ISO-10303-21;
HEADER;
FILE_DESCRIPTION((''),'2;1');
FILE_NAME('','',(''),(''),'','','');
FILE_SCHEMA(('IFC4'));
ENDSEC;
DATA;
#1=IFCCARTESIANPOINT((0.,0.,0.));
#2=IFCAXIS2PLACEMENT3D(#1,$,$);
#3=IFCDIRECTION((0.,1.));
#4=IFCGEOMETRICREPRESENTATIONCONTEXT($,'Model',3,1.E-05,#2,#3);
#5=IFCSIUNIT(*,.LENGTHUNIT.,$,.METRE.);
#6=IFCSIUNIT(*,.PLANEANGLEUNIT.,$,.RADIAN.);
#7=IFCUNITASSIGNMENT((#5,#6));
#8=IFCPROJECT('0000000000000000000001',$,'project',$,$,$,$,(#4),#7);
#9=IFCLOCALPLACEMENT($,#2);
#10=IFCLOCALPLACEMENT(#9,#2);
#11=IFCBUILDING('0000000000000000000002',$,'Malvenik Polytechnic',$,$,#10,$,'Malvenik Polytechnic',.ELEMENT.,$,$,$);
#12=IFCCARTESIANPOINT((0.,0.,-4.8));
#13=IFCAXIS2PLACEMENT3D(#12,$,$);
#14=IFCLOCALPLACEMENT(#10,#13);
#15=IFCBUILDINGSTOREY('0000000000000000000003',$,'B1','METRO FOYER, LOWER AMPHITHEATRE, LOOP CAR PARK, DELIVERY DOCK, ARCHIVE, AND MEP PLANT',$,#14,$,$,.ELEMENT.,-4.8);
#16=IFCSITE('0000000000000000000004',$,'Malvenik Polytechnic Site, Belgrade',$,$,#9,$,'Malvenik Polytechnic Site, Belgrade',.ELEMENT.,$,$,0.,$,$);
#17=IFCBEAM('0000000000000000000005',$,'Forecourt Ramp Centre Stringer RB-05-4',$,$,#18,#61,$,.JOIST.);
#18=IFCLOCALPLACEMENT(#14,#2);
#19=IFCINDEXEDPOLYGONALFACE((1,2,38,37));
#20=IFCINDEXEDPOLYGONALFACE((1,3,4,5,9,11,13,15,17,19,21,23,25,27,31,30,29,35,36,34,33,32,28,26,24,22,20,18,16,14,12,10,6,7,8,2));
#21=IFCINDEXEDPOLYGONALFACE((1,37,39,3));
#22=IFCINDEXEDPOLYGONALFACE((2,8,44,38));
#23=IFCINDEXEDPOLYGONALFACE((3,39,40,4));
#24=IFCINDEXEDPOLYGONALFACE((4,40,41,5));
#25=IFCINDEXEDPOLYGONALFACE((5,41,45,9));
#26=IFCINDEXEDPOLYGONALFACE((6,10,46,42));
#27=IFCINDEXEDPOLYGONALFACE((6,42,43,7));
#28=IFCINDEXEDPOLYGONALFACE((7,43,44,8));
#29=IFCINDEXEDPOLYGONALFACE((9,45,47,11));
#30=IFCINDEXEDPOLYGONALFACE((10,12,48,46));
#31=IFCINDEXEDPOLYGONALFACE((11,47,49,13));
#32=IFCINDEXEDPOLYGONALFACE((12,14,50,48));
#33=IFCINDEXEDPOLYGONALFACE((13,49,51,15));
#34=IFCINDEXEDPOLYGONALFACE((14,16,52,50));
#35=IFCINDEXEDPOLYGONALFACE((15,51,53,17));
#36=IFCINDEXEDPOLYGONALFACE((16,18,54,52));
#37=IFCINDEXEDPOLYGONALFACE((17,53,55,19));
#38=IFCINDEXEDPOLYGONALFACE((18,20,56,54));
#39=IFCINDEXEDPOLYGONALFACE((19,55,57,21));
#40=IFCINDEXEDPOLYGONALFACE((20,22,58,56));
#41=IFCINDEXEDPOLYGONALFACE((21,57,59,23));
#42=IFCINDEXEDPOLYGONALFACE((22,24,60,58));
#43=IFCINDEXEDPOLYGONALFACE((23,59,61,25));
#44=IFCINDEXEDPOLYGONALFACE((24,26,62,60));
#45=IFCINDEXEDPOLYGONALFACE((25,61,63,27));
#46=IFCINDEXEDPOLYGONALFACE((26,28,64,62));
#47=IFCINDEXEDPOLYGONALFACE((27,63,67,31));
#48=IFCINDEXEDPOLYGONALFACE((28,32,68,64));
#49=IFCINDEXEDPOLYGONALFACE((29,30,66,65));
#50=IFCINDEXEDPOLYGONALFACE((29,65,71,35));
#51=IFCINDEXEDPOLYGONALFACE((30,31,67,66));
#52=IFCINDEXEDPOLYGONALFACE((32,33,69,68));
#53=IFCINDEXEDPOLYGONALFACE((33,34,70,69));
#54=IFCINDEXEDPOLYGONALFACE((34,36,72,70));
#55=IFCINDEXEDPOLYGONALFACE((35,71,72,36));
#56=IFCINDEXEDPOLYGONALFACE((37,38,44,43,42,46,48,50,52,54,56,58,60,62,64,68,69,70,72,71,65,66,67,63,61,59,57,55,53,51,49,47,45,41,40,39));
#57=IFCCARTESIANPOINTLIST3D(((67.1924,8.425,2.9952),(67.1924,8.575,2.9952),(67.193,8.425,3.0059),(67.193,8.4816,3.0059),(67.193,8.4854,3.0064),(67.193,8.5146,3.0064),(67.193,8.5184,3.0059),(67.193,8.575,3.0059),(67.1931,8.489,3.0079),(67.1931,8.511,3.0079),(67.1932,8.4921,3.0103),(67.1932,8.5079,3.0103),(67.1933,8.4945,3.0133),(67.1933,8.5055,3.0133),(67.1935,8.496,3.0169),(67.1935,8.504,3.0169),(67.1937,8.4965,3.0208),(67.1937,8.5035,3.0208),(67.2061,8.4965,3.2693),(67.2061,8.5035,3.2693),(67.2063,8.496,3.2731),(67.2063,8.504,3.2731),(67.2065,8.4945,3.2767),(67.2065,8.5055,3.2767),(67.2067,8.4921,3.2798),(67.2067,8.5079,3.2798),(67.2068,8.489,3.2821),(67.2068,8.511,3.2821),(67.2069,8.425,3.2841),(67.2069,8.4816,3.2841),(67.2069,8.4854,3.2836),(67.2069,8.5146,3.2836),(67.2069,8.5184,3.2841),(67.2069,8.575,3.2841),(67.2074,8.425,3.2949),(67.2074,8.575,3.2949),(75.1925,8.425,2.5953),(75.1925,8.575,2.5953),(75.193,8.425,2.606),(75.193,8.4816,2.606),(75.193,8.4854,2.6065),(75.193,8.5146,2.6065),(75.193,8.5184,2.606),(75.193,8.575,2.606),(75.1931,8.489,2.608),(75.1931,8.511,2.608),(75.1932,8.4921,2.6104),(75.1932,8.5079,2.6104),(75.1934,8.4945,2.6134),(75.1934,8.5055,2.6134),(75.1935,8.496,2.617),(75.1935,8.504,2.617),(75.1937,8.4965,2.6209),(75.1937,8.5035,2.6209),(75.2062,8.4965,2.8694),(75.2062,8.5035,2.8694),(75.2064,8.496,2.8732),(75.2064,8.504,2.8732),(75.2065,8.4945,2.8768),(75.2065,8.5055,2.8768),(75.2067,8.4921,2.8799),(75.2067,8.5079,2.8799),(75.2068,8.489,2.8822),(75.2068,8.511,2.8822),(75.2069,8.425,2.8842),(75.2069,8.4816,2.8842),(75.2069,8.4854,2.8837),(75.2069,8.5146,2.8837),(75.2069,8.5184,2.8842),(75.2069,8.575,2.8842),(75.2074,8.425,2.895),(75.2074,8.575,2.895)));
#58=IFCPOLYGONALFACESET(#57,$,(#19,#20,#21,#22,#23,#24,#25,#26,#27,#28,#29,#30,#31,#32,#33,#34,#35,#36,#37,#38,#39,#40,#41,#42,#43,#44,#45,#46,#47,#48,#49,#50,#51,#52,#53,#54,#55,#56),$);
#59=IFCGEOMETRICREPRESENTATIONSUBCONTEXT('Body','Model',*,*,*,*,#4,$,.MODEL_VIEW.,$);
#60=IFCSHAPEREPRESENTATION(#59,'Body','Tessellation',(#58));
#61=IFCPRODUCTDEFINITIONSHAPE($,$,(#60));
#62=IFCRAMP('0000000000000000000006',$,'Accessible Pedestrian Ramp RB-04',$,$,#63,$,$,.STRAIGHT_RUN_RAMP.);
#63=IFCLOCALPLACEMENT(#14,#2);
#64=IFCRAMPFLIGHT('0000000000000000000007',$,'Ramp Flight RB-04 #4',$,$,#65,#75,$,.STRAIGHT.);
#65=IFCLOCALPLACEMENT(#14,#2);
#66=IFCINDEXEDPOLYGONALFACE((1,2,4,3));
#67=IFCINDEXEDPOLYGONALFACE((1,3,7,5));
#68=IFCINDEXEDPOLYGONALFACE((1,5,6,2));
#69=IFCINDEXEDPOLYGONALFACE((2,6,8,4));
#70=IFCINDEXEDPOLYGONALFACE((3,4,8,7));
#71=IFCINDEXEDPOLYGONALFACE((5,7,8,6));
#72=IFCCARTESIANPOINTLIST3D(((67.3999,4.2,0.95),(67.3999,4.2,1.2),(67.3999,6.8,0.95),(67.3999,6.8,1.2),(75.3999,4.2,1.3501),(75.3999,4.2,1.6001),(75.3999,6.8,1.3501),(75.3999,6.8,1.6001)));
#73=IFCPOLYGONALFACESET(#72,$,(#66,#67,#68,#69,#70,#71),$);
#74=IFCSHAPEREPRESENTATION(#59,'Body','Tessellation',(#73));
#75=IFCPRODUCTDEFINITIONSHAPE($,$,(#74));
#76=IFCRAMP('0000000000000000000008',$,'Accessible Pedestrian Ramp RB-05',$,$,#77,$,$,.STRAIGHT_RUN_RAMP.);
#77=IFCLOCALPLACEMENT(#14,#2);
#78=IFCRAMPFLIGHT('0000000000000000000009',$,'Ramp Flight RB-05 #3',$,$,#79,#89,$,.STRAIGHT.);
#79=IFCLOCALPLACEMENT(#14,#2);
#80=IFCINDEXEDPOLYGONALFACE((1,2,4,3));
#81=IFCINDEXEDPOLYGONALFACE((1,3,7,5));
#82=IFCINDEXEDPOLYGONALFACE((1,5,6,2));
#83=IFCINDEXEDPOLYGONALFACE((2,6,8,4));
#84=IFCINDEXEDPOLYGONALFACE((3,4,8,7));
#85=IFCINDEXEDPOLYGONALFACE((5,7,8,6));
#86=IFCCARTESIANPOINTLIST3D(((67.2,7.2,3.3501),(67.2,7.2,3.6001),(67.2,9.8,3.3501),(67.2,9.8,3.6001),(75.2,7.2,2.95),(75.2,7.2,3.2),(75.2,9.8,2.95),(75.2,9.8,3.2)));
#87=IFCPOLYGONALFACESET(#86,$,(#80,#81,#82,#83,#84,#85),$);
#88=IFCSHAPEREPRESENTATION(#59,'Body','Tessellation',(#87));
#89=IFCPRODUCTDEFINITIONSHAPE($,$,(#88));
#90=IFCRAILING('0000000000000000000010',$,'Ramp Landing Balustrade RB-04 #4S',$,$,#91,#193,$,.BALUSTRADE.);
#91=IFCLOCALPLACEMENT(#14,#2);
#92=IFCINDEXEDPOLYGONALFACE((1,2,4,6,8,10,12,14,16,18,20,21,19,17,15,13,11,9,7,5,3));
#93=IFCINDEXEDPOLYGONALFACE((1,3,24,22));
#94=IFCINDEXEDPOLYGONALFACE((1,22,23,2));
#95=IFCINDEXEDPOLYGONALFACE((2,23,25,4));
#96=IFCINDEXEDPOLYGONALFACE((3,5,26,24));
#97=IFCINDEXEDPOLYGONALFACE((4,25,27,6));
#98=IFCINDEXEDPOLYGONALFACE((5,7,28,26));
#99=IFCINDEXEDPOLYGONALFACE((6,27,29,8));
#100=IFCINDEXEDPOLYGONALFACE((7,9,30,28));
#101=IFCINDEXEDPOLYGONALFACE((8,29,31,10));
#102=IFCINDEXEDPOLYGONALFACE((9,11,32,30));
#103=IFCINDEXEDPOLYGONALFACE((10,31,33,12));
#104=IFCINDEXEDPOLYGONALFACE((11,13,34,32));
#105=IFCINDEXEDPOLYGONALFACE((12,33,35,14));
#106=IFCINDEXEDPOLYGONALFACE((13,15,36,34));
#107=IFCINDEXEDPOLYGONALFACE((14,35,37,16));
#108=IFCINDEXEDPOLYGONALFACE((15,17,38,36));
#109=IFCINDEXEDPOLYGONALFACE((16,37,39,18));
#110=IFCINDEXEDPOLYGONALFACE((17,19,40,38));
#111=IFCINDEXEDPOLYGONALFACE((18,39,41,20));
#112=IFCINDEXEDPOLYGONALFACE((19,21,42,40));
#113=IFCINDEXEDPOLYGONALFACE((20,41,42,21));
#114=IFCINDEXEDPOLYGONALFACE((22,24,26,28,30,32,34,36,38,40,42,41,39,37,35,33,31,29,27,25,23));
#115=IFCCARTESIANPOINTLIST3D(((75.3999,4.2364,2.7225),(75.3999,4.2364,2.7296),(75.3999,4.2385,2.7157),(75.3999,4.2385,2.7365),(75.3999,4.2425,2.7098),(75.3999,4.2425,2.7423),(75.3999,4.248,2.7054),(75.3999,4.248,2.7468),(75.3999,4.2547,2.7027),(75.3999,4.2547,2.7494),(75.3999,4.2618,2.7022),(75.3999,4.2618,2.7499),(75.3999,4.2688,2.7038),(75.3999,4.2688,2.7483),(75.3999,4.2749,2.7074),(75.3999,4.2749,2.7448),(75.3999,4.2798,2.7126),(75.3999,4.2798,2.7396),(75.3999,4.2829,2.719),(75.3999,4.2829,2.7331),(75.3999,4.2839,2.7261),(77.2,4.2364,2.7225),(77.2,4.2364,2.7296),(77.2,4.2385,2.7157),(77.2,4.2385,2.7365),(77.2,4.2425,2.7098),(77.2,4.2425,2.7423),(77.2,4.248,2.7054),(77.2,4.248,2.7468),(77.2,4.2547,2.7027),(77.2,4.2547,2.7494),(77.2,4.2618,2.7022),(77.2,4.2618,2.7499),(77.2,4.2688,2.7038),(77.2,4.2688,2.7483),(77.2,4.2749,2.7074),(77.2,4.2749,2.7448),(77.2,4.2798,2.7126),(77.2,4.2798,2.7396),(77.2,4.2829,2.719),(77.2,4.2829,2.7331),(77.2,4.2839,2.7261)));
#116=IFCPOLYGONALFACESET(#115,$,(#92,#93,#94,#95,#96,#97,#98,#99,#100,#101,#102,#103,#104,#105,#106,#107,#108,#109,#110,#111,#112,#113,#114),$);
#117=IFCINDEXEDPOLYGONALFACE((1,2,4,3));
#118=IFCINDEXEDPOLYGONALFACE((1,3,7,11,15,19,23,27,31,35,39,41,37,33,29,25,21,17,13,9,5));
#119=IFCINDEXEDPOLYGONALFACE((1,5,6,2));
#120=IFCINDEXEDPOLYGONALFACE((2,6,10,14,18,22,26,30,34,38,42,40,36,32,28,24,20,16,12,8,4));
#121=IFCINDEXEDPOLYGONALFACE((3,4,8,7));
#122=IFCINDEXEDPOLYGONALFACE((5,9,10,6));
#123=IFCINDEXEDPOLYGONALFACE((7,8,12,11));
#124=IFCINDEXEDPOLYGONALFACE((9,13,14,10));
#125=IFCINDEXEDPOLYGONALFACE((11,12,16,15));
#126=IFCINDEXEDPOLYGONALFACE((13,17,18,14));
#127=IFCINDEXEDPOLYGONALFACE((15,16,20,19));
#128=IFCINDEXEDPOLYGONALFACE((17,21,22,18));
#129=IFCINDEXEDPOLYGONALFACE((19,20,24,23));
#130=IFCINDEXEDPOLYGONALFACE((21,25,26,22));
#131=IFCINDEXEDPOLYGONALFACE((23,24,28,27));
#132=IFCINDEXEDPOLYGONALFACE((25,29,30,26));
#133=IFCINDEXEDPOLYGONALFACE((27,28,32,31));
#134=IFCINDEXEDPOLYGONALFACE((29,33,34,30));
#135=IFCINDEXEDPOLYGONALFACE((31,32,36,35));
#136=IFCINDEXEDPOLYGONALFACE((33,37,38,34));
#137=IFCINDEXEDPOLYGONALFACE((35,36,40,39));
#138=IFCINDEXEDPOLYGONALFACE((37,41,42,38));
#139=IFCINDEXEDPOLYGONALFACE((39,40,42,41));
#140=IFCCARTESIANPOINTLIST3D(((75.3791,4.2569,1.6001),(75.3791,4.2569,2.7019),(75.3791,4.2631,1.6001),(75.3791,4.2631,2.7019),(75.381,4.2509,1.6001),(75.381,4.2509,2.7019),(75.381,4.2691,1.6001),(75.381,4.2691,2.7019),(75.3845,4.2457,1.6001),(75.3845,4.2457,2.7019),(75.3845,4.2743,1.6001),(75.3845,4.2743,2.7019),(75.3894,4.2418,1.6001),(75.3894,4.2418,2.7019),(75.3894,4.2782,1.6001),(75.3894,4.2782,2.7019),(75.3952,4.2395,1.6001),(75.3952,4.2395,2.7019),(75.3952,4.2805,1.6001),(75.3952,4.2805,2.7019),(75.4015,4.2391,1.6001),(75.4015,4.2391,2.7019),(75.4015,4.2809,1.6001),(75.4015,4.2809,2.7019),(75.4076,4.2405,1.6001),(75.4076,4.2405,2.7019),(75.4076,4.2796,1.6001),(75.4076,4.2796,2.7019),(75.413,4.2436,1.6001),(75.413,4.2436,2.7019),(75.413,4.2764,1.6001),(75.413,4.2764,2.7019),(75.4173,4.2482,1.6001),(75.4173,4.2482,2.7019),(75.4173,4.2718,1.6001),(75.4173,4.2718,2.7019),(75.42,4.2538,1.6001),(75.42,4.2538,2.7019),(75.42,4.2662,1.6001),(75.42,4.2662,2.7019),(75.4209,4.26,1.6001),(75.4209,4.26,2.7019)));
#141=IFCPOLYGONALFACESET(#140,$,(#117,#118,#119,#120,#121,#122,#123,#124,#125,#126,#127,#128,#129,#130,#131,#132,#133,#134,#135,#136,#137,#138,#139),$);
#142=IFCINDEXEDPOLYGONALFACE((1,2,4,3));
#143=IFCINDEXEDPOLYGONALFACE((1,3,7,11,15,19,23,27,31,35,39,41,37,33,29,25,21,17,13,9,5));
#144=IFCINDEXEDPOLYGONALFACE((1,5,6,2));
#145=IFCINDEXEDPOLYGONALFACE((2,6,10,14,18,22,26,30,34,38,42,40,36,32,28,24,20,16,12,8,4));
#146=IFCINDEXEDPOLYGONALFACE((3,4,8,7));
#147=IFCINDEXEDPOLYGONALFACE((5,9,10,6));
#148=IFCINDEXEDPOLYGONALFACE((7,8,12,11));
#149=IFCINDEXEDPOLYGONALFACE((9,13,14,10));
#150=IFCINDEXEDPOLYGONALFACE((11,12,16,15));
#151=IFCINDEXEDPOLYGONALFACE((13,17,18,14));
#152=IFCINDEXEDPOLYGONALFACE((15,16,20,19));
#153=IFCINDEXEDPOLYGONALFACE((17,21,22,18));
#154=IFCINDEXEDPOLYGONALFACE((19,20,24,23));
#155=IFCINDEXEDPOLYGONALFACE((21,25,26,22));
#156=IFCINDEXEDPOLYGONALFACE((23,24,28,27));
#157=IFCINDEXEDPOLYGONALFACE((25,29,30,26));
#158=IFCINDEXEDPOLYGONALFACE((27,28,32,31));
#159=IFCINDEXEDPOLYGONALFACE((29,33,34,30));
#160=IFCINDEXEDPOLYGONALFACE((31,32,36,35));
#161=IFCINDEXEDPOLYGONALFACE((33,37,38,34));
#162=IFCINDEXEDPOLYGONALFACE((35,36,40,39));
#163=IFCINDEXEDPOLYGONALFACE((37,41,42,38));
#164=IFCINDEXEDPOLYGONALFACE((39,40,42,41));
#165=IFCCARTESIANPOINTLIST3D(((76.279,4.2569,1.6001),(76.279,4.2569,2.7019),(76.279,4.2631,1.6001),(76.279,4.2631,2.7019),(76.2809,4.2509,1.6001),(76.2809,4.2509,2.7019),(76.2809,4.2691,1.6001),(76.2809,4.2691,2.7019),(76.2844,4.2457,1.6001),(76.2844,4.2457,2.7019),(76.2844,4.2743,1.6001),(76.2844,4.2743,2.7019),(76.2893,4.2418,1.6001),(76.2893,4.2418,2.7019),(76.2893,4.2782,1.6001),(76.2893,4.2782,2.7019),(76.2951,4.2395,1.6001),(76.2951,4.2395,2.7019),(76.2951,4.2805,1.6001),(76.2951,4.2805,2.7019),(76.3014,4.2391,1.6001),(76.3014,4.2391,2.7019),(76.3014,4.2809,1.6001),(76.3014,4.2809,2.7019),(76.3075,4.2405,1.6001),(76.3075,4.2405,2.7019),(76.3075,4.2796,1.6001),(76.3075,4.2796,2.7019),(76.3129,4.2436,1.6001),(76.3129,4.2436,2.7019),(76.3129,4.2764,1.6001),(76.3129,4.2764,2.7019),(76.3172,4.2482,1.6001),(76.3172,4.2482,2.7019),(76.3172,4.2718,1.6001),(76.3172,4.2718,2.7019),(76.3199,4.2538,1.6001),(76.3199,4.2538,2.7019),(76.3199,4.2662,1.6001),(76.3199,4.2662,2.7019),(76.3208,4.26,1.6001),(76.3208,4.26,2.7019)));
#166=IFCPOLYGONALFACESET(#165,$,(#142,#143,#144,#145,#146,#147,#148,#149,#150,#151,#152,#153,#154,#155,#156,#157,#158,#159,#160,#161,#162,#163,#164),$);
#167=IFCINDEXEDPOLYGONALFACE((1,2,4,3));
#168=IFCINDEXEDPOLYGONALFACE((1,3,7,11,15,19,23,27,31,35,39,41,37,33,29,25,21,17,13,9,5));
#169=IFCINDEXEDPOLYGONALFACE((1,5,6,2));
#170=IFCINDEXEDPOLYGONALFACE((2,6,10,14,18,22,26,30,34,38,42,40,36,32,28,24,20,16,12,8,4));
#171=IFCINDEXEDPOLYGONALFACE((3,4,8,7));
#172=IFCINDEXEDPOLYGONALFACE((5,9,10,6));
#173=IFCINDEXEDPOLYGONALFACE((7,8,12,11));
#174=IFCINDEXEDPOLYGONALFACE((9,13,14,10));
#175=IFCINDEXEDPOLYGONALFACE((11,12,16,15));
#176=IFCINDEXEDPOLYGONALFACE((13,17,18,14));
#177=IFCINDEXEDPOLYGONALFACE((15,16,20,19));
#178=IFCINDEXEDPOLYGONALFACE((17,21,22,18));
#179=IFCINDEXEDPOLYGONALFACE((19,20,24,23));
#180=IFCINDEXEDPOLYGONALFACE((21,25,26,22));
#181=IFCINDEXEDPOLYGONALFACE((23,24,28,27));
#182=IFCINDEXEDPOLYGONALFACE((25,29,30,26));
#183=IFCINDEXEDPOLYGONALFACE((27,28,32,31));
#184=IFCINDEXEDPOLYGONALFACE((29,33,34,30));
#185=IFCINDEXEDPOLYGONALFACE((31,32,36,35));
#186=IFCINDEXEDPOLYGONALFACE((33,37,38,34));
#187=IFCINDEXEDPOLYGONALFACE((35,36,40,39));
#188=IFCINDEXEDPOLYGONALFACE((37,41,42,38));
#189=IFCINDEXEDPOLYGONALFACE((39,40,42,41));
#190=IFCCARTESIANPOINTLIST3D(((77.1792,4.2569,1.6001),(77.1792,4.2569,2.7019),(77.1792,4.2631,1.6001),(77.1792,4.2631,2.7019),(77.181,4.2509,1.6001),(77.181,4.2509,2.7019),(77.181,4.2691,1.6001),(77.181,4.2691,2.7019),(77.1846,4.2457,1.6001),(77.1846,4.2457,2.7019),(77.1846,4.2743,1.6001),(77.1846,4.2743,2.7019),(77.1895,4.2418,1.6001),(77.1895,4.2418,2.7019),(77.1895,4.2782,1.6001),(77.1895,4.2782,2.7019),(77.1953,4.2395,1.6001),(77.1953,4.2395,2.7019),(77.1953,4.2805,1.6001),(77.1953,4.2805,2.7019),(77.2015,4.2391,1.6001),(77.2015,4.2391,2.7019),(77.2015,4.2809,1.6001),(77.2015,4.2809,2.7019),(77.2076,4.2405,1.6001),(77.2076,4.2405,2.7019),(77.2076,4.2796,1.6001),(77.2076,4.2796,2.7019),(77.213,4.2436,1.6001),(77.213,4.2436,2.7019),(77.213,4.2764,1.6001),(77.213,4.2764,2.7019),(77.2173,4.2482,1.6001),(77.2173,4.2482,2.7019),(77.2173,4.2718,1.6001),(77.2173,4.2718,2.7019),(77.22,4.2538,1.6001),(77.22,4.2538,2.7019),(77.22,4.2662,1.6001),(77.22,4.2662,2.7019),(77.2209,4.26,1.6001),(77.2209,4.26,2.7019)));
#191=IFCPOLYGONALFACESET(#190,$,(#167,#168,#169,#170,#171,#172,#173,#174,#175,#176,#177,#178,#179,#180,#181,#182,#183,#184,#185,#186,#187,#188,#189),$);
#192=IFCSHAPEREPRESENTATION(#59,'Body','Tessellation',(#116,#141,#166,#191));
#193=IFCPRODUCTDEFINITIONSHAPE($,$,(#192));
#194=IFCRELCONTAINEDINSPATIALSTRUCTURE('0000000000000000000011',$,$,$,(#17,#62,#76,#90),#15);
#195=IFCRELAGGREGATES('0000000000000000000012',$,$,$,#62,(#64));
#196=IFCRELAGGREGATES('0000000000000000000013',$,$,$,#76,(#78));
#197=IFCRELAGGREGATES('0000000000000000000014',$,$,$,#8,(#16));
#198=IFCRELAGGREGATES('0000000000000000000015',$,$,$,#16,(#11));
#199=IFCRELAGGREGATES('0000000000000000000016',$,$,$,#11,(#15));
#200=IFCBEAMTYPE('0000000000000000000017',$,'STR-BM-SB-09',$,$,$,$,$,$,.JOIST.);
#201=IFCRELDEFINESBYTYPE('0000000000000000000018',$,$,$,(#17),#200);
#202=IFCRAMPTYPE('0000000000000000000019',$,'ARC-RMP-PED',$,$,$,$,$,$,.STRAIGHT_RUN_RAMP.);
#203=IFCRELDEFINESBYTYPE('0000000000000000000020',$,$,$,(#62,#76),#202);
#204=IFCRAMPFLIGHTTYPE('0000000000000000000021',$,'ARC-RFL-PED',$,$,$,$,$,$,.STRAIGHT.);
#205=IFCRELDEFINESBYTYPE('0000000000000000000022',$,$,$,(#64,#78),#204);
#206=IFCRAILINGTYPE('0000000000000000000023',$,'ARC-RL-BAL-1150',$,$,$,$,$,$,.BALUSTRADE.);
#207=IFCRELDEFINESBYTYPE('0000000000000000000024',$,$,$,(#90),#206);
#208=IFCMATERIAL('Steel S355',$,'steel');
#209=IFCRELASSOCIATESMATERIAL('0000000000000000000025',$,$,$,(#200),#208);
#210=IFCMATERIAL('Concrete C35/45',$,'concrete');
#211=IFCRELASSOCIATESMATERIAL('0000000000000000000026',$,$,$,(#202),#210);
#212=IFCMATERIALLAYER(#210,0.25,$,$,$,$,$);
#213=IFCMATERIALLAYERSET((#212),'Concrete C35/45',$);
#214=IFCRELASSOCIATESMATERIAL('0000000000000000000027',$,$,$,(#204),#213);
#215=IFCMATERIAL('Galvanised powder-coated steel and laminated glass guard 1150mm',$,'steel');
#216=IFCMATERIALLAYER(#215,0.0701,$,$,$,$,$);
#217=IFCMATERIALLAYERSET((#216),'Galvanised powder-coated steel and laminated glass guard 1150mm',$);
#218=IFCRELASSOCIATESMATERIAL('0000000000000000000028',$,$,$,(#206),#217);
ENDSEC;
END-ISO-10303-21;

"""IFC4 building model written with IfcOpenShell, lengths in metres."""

from ifc_helpers import new_model, si_unit, direction, frame, origin, origin_2d, place, context, subcontext, project, spatial, polyline, circle, i_section, outline, extrude, material, layer, layer_set, material_profile, profile_set, type_object, element, aggregate, save


model = new_model("IFC4")

# Units and contexts
model_context = context("Model", 3, precision=1e-05, world=origin(), true_north=direction((0.0, 1.0)))
body_context = subcontext(model_context, "Body", "Model", "MODEL_VIEW")
ifc_project = project(units=[si_unit("LENGTHUNIT", "METRE"), si_unit("PLANEANGLEUNIT", "RADIAN")], contexts=[model_context])

# Site, building, storey
site_placement = place(None, origin())
site = spatial("IfcSite", under=ifc_project, at=site_placement, Name="Malvenik Polytechnic Site, Belgrade", LongName="Malvenik Polytechnic Site, Belgrade", CompositionType="ELEMENT", RefElevation=0.0)
building_placement = place(site_placement, origin())
building = spatial("IfcBuilding", under=site, at=building_placement, Name="Malvenik Polytechnic", LongName="Malvenik Polytechnic", CompositionType="ELEMENT")
storey_placement = place(building_placement, frame((0.0, 0.0, -4.8)))
storey = spatial("IfcBuildingStorey", under=building, at=storey_placement, Name="B1", Description="METRO FOYER, LOWER AMPHITHEATRE, LOOP CAR PARK, DELIVERY DOCK, ARCHIVE, AND MEP PLANT", CompositionType="ELEMENT", Elevation=-4.8)

# Beam
ifc_material_1 = material(Name="Steel S355", Category="steel")
ifc_material_profile_1 = material_profile(ifc_material_1, i_section(OverallWidth=0.1499, OverallDepth=0.3, WebThickness=0.0071, FlangeThickness=0.0107, FilletRadius=0.0149, at=origin_2d()), Name="IPE 300")
ifc_profile_set_1 = profile_set([ifc_material_profile_1], Name="Steel S355")
beam_type_1 = type_object("IfcBeamType", Name="STR-BM-SB-09", PredefinedType="JOIST", material=ifc_profile_set_1)
for number, where, z_axis, x_axis, name in (
    (1, (75.2, 8.5, 2.7451), (-0.998753, 0.0, 0.049925), (0.0, -1.0, 0.0), "Forecourt Ramp Centre Stringer RB-05-4"),
):
    element("IfcBeam", number, at=place(storey_placement, frame(where, z_axis=z_axis, x_axis=x_axis)), inside=storey, type_object=beam_type_1, Name=name, PredefinedType="JOIST", context=body_context, shape_type="SweptSolid", body=[
        extrude(i_section(OverallWidth=0.1499, OverallDepth=0.3, WebThickness=0.0071, FlangeThickness=0.0107, FilletRadius=0.0149, at=origin_2d()), origin(), (0.0, 0.0, 1.0), 8.01),
    ])

# Ramps, ramp flights
ifc_material_2 = material(Name="Concrete C35/45", Category="concrete")
ramp_type = type_object("IfcRampType", Name="ARC-RMP-PED", PredefinedType="STRAIGHT_RUN_RAMP", material=ifc_material_2)
ramp_1_placement = place(storey_placement, origin())
ramp_1 = element("IfcRamp", 2, at=ramp_1_placement, inside=storey, type_object=ramp_type, Name="Accessible Pedestrian Ramp RB-04", PredefinedType="STRAIGHT_RUN_RAMP")
ifc_layer_1 = layer(ifc_material_2, 0.25)
ifc_layer_set_1 = layer_set([ifc_layer_1], Name="Concrete C35/45")
ramp_flight_type = type_object("IfcRampFlightType", Name="ARC-RFL-PED", PredefinedType="STRAIGHT", material=ifc_layer_set_1)
ramp_flight_1_placement = place(storey_placement, frame((67.3999, 5.5, 1.2), z_axis=(0.0, 0.0, 1.0), x_axis=(1.0, 0.0, 0.0)))
ramp_flight_1 = element("IfcRampFlight", 3, at=ramp_flight_1_placement, type_object=ramp_flight_type, Name="Ramp Flight RB-04 #4", PredefinedType="STRAIGHT", context=body_context, shape_type="SweptSolid", body=[
    extrude(outline(polyline([(0.0, -0.25), (8.0, 0.1501), (8.0, 0.4001), (0.0, 0.0), (0.0, -0.25)])), frame((0.0, 1.3, 0.0), z_axis=(0.0, -1.0, 0.0), x_axis=(1.0, 0.0, 0.0)), (0.0, 0.0, 1.0), 2.6001),
])
aggregate(ramp_1, [ramp_flight_1])
ramp_2_placement = place(storey_placement, origin())
ramp_2 = element("IfcRamp", 4, at=ramp_2_placement, inside=storey, type_object=ramp_type, Name="Accessible Pedestrian Ramp RB-05", PredefinedType="STRAIGHT_RUN_RAMP")
ramp_flight_2_placement = place(storey_placement, frame((75.2, 8.5, 3.2), z_axis=(0.0, 0.0, 1.0), x_axis=(-1.0, 0.0, 0.0)))
ramp_flight_2 = element("IfcRampFlight", 5, at=ramp_flight_2_placement, type_object=ramp_flight_type, Name="Ramp Flight RB-05 #3", PredefinedType="STRAIGHT", context=body_context, shape_type="SweptSolid", body=[
    extrude(outline(polyline([(0.0, -0.25), (8.0, 0.1501), (8.0, 0.4001), (0.0, 0.0), (0.0, -0.25)])), frame((0.0, 1.3, 0.0), z_axis=(0.0, -1.0, 0.0), x_axis=(1.0, 0.0, 0.0)), (0.0, 0.0, 1.0), 2.6001),
])
aggregate(ramp_2, [ramp_flight_2])

# Railing
ifc_material_3 = material(Name="Galvanised powder-coated steel and laminated glass guard 1150mm", Category="steel")
ifc_layer_2 = layer(ifc_material_3, 0.0701)
ifc_layer_set_2 = layer_set([ifc_layer_2], Name="Galvanised powder-coated steel and laminated glass guard 1150mm")
railing_type_1 = type_object("IfcRailingType", Name="ARC-RL-BAL-1150", PredefinedType="BALUSTRADE", material=ifc_layer_set_2)
for number, where, name in (
    (6, (75.3999, 4.26, 1.6001), "Ramp Landing Balustrade RB-04 #4S"),
):
    element("IfcRailing", number, at=place(storey_placement, frame(where)), inside=storey, type_object=railing_type_1, Name=name, PredefinedType="BALUSTRADE", context=body_context, shape_type="SweptSolid", body=[
        extrude(circle(Radius=0.0239, at=origin_2d()), frame((0.0, 0.0, 1.126), z_axis=(1.0, 0.0, 0.0), x_axis=(0.0, 1.0, 0.0)), (0.0, 0.0, 1.0), 1.8),
        extrude(circle(Radius=0.021, at=origin_2d()), origin(), (0.0, 0.0, 1.0), 1.1018),
        extrude(circle(Radius=0.021, at=origin_2d()), frame((0.8999, 0.0, 0.0)), (0.0, 0.0, 1.0), 1.1018),
        extrude(circle(Radius=0.021, at=origin_2d()), frame((1.8, 0.0, 0.0)), (0.0, 0.0, 1.0), 1.1018),
    ])

save(model, "model.ifc")
